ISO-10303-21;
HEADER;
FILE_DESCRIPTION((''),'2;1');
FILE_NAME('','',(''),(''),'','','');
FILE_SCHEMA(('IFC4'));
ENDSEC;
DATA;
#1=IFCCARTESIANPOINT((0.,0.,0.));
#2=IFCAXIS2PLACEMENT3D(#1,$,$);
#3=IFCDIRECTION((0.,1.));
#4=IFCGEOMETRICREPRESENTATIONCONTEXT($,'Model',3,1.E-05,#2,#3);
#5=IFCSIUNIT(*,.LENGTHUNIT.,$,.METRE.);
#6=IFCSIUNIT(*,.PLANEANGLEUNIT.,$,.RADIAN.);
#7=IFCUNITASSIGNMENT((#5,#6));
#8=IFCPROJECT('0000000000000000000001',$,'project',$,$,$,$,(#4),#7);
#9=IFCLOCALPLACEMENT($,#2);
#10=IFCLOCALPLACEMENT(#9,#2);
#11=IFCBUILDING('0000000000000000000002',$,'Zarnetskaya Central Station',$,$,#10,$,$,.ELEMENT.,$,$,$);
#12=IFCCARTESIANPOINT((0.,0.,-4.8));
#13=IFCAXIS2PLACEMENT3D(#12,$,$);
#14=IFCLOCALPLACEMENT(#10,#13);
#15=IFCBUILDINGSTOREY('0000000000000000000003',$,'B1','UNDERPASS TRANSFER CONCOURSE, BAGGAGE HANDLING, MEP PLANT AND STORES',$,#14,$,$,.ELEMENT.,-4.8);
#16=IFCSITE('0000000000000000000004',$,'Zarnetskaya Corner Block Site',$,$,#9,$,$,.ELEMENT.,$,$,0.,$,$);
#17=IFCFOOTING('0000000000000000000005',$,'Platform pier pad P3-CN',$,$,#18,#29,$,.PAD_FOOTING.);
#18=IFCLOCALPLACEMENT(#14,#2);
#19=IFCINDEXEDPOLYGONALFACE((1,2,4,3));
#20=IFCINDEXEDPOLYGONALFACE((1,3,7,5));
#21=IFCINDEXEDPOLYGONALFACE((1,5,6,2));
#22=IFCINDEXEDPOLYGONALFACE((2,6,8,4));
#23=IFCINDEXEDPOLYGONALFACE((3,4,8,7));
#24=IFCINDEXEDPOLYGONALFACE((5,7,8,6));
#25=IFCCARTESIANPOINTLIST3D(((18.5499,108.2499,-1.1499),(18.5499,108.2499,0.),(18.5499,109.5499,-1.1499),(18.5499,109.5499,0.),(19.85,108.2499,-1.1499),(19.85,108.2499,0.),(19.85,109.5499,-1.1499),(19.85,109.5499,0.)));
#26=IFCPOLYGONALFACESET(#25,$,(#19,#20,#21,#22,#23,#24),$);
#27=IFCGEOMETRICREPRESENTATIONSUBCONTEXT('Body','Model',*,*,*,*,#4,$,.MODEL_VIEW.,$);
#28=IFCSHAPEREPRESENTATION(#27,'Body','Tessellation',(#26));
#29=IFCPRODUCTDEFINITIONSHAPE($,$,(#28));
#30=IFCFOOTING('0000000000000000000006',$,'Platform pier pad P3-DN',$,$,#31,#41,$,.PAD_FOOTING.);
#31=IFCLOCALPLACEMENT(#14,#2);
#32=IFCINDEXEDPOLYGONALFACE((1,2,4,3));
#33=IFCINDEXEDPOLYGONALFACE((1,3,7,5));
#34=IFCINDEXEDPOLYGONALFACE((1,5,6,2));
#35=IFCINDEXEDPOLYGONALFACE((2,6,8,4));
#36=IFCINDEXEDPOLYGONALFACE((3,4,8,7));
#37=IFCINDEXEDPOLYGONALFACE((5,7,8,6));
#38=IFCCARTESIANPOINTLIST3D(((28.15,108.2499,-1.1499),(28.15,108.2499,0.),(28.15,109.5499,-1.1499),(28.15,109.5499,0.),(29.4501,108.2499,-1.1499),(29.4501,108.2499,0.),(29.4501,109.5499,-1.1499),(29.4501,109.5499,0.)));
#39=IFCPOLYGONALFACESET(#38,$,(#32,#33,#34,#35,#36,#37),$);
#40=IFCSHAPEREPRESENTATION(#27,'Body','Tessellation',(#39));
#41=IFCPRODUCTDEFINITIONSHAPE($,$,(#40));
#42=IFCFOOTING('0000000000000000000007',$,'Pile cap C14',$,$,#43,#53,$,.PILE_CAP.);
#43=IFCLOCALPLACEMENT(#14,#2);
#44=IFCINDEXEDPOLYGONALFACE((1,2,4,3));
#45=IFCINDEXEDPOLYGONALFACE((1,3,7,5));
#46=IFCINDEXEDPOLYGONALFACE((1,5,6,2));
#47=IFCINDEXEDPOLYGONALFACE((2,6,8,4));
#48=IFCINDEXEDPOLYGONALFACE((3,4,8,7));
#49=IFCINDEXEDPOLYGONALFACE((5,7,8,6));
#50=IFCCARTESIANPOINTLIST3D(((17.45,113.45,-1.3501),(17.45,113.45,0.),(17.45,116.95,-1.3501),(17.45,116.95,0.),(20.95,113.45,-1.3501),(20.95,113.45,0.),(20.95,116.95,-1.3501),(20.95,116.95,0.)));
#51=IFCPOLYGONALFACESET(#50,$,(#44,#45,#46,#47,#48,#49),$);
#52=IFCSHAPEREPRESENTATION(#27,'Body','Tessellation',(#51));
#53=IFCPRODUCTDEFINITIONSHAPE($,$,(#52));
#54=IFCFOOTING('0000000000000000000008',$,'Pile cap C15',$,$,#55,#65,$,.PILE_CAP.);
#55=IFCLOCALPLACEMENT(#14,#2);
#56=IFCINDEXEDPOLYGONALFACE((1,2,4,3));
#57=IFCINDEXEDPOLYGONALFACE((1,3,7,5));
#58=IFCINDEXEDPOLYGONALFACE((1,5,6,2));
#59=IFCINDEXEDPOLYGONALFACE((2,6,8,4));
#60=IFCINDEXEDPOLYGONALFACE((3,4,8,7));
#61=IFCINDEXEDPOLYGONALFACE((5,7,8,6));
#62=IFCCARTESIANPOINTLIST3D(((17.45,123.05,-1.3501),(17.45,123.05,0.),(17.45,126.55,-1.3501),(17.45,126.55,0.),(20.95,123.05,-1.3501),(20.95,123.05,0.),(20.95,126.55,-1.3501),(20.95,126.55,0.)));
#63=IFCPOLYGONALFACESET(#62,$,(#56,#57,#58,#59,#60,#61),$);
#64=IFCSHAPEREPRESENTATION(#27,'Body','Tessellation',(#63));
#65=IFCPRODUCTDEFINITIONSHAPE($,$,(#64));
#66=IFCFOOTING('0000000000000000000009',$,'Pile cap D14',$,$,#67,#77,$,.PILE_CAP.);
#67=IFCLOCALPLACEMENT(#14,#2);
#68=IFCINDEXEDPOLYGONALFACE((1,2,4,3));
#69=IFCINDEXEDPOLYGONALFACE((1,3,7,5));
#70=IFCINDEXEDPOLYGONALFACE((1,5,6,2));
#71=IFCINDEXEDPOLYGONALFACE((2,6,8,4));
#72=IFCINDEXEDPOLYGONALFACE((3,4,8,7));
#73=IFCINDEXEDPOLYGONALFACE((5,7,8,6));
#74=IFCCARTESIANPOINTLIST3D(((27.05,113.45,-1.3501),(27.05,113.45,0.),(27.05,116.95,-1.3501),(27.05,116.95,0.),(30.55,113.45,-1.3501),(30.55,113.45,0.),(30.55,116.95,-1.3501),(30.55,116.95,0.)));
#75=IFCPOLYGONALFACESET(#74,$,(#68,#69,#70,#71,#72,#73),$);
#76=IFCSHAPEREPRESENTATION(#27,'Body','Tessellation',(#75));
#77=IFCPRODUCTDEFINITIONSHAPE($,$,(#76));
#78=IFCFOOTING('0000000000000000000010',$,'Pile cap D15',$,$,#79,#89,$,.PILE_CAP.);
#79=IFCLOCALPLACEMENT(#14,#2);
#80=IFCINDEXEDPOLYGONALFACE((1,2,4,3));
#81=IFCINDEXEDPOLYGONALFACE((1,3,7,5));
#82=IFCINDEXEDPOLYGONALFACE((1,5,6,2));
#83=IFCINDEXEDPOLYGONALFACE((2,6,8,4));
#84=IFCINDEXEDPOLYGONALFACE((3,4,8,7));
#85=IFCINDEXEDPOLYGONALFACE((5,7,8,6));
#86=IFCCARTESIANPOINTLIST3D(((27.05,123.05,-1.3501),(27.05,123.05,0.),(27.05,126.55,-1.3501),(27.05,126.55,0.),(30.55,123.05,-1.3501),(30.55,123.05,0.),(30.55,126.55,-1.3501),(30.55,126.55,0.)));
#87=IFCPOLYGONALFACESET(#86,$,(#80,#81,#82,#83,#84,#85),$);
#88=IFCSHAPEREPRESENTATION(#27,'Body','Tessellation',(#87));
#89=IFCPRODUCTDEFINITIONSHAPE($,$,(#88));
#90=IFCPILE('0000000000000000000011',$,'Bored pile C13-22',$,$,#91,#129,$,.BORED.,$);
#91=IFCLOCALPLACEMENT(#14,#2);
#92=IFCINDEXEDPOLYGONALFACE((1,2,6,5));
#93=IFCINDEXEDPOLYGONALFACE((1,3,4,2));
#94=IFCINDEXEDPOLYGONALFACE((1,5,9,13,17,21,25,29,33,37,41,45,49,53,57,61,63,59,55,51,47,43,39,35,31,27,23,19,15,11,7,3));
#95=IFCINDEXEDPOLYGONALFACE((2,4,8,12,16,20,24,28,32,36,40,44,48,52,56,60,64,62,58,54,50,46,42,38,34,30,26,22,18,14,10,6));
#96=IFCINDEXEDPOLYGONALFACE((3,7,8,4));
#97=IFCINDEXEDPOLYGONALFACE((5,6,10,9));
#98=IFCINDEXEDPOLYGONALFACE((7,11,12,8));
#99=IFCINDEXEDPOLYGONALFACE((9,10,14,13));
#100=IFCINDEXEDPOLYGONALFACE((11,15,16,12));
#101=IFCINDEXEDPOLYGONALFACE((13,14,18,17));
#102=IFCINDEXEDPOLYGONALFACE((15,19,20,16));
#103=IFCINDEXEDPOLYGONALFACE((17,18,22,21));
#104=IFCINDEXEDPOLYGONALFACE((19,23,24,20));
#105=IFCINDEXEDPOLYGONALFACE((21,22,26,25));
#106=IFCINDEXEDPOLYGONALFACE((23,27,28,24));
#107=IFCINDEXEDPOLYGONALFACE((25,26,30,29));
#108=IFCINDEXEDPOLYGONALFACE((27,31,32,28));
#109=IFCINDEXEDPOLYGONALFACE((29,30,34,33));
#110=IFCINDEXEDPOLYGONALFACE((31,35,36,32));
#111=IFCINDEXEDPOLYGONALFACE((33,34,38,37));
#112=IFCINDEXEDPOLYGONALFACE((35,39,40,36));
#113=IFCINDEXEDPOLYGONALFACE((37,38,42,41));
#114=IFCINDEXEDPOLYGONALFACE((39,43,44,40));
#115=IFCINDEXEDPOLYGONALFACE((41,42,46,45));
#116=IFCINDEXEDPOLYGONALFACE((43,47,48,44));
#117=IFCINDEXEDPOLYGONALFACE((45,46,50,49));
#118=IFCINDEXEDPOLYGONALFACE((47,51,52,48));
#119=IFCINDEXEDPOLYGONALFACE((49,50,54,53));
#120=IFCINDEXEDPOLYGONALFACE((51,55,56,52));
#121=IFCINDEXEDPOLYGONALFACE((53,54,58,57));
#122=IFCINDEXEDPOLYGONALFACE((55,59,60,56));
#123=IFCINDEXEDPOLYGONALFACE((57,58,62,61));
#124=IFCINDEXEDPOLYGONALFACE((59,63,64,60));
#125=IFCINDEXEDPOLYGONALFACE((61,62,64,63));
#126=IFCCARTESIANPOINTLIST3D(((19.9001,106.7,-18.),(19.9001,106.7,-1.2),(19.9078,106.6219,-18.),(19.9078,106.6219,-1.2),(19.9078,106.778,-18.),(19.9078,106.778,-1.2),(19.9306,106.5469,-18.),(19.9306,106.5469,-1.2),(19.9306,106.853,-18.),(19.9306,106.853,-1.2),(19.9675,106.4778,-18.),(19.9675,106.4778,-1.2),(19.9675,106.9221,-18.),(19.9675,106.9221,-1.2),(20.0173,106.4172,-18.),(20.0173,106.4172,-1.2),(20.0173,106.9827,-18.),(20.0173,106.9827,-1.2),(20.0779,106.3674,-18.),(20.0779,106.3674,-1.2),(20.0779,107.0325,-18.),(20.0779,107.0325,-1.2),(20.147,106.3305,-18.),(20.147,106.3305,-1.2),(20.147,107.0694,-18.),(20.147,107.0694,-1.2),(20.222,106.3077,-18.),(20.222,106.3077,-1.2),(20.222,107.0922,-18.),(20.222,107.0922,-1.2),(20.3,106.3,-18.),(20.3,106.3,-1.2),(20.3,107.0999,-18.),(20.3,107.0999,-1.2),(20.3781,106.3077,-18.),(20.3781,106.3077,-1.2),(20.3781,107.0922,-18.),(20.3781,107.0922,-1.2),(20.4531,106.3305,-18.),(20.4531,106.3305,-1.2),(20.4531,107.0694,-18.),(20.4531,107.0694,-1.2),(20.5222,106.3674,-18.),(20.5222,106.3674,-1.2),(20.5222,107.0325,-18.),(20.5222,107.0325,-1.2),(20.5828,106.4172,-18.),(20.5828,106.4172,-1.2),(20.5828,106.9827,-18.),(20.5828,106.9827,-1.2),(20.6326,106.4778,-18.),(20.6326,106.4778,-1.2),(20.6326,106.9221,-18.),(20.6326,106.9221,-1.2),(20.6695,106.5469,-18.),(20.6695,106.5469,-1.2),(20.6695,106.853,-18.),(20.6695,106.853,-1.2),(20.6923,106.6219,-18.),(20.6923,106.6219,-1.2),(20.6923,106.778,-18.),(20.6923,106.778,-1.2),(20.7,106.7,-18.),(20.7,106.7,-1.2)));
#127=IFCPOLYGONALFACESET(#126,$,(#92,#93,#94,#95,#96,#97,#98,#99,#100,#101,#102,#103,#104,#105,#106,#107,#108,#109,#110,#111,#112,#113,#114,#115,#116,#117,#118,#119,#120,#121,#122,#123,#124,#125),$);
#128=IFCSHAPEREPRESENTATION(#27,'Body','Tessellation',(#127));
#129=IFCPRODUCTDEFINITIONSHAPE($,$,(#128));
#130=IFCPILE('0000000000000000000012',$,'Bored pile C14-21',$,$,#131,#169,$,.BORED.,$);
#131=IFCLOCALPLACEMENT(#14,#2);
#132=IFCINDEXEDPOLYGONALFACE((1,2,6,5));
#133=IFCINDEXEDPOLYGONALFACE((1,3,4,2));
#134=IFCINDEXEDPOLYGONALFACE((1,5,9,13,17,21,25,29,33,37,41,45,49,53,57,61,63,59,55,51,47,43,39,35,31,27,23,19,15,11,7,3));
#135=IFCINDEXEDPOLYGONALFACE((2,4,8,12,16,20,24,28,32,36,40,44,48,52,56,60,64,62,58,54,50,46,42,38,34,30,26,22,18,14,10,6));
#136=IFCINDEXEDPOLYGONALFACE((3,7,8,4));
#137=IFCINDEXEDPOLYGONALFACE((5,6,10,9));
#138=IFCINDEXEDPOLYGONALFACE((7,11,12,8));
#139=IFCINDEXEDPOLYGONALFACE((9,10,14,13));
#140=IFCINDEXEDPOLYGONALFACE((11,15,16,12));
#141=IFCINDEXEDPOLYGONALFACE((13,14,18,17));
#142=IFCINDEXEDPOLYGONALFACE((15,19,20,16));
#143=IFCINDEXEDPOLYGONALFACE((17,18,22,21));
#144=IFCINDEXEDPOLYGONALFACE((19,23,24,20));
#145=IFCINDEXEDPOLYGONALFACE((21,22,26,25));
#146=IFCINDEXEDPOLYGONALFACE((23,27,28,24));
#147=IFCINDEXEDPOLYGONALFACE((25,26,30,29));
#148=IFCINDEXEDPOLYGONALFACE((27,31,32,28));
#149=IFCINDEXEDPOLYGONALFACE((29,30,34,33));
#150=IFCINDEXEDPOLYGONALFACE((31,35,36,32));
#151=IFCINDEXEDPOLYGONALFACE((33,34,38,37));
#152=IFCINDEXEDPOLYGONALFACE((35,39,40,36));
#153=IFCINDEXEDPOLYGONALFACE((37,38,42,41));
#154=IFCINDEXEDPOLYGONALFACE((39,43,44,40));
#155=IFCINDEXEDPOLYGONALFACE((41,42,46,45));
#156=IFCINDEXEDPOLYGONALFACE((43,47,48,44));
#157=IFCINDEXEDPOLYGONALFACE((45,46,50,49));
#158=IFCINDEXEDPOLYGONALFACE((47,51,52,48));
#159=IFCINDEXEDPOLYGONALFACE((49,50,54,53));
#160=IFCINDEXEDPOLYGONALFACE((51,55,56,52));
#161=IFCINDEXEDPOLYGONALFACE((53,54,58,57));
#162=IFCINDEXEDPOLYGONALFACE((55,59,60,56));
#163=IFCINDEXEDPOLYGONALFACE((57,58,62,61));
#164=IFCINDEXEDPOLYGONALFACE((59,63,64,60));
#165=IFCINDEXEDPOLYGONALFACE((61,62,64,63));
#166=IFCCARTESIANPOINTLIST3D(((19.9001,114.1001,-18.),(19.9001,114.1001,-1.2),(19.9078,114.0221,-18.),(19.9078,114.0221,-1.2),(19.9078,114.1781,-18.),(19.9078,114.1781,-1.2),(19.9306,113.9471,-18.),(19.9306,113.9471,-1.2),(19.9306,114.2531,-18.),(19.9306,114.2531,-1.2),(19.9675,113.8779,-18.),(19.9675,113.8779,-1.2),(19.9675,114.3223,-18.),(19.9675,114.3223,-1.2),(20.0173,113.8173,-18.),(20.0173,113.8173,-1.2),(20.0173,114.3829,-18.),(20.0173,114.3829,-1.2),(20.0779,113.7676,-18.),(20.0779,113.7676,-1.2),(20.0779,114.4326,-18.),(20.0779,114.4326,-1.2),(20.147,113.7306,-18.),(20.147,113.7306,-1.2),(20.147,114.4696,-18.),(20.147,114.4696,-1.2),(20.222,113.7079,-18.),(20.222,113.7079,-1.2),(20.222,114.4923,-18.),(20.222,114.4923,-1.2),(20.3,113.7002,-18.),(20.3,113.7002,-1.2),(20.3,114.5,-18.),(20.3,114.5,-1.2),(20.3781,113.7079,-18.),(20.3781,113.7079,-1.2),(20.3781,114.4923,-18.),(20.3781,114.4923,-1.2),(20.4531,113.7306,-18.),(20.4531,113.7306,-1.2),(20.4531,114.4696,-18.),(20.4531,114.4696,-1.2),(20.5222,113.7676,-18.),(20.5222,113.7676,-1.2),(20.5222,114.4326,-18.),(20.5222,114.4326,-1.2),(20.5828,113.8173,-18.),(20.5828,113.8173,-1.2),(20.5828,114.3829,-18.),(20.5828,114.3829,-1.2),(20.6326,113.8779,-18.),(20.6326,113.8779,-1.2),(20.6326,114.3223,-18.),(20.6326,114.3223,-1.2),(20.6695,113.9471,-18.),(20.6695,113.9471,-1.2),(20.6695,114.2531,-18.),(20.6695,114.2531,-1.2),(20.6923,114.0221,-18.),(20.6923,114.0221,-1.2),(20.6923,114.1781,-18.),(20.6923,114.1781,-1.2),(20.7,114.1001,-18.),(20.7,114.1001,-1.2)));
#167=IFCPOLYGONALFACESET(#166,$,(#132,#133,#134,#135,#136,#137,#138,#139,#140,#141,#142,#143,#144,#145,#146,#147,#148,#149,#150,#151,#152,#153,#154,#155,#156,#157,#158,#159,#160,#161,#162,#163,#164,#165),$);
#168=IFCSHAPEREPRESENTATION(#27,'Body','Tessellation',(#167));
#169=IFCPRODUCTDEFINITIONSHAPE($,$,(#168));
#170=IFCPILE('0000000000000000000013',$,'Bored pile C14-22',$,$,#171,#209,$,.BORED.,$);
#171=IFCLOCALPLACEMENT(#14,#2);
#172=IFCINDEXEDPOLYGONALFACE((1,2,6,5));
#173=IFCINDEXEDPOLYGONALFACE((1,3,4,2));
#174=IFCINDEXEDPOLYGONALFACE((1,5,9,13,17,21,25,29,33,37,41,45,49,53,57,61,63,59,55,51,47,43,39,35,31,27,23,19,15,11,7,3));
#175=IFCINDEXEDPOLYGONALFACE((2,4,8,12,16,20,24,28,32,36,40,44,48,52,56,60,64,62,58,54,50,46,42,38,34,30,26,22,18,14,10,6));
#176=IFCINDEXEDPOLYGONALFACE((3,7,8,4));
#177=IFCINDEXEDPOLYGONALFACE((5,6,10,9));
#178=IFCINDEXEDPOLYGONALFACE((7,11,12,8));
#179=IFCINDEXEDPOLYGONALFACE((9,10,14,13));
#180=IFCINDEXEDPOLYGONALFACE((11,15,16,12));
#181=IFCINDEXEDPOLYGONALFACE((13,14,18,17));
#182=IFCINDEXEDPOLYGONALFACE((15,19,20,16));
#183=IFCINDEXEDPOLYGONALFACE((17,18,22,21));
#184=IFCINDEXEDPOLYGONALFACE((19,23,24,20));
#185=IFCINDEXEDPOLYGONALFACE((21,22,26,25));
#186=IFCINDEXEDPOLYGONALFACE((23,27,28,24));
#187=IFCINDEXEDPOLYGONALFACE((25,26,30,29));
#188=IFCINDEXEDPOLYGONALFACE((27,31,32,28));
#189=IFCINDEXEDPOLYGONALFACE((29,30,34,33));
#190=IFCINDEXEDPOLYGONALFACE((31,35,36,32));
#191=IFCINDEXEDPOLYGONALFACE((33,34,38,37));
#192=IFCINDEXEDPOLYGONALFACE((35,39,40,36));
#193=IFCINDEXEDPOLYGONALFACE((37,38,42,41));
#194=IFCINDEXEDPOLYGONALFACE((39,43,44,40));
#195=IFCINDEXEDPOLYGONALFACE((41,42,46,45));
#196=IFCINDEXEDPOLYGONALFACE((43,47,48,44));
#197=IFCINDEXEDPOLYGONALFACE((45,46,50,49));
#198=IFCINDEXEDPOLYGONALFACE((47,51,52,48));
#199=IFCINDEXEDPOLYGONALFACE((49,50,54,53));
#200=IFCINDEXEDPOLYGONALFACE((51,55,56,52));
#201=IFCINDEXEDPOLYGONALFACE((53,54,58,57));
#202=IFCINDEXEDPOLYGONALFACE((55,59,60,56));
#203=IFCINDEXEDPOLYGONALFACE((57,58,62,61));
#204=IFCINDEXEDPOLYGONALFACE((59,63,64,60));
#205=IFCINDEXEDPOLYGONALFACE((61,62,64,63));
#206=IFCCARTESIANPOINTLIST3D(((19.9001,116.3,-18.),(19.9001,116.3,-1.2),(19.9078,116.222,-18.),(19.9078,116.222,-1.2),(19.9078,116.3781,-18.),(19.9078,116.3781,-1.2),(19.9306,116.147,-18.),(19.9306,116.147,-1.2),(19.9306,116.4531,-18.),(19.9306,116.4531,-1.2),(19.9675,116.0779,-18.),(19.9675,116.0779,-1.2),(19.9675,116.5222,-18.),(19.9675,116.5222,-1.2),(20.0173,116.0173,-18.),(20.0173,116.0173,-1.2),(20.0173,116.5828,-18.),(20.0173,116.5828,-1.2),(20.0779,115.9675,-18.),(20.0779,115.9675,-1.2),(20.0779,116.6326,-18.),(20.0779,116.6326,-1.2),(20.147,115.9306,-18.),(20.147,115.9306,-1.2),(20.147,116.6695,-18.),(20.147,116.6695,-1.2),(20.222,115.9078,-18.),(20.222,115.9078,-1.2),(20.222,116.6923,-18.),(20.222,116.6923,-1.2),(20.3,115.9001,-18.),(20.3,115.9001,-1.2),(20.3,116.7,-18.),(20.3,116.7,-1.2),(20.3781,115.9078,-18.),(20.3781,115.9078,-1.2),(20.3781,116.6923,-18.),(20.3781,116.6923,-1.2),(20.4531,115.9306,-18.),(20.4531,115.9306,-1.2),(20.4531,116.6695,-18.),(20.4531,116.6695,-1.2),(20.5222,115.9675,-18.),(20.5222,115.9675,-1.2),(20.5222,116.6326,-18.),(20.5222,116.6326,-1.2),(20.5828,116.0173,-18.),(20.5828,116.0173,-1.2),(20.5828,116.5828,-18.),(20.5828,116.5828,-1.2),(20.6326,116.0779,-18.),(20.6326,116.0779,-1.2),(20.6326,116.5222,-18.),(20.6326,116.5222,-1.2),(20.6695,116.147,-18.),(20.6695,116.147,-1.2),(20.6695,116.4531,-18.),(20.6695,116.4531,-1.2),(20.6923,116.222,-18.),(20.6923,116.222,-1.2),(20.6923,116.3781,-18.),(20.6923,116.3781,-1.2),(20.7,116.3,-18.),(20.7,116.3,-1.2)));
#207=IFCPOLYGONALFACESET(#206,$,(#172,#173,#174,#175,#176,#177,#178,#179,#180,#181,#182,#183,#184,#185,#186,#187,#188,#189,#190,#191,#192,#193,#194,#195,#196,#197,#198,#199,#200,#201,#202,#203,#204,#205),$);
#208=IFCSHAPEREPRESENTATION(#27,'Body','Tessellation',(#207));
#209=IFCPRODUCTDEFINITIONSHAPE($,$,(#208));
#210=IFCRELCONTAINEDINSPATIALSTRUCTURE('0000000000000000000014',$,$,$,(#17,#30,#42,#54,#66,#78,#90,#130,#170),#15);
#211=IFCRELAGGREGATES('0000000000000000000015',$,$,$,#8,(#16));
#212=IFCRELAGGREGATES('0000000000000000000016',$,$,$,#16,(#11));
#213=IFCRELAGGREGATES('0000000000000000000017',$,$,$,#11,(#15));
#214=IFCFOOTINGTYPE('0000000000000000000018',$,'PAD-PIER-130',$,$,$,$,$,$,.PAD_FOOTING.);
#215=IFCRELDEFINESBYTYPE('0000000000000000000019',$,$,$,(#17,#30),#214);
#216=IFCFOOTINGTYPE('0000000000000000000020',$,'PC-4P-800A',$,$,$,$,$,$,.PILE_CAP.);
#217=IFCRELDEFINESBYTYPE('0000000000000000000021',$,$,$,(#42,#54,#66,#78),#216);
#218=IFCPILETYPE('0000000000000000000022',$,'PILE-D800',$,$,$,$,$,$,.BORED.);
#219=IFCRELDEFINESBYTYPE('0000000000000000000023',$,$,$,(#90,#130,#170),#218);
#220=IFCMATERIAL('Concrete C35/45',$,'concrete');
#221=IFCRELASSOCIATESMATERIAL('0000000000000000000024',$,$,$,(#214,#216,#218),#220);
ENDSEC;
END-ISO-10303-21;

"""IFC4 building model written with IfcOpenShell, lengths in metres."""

from ifc_helpers import new_model, si_unit, direction, frame, origin, origin_2d, place, context, subcontext, project, spatial, rectangle, circle, extrude, material, material_profile, profile_set, type_object, element, save


model = new_model("IFC4")

# Units and contexts
model_context = context("Model", 3, precision=1e-05, world=origin(), true_north=direction((0.0, 1.0)))
body_context = subcontext(model_context, "Body", "Model", "MODEL_VIEW")
ifc_project = project(units=[si_unit("LENGTHUNIT", "METRE"), si_unit("PLANEANGLEUNIT", "RADIAN")], contexts=[model_context])

# Site, building, storey
site_placement = place(None, origin())
site = spatial("IfcSite", under=ifc_project, at=site_placement, Name="Zarnetskaya Corner Block Site", CompositionType="ELEMENT", RefElevation=0.0)
building_placement = place(site_placement, origin())
building = spatial("IfcBuilding", under=site, at=building_placement, Name="Zarnetskaya Central Station", CompositionType="ELEMENT")
storey_placement = place(building_placement, frame((0.0, 0.0, -4.8)))
storey = spatial("IfcBuildingStorey", under=building, at=storey_placement, Name="B1", Description="UNDERPASS TRANSFER CONCOURSE, BAGGAGE HANDLING, MEP PLANT AND STORES", CompositionType="ELEMENT", Elevation=-4.8)

# Footings
ifc_material = material(Name="Concrete C35/45", Category="concrete")
footing_type_1 = type_object("IfcFootingType", Name="PAD-PIER-130", PredefinedType="PAD_FOOTING", material=ifc_material)
for number, where, z_axis, x_axis, name in (
    (1, (19.2, 108.8999, -1.1499), (0.0, 0.0, 1.0), (1.0, 0.0, 0.0), "Platform pier pad P3-CN"),
    (2, (28.8, 108.8999, -1.1499), (0.0, 0.0, 1.0), (1.0, 0.0, 0.0), "Platform pier pad P3-DN"),
):
    element("IfcFooting", number, at=place(storey_placement, frame(where, z_axis=z_axis, x_axis=x_axis)), inside=storey, type_object=footing_type_1, Name=name, PredefinedType="PAD_FOOTING", context=body_context, shape_type="SweptSolid", body=[
        extrude(rectangle(XDim=1.3, YDim=1.3, at=origin_2d()), origin(), (0.0, 0.0, 1.0), 1.1499),
    ])
footing_type_2 = type_object("IfcFootingType", Name="PC-4P-800A", PredefinedType="PILE_CAP", material=ifc_material)
for number, where, z_axis, x_axis, name in (
    (3, (19.2, 115.2, -1.3501), (0.0, 0.0, 1.0), (1.0, 0.0, 0.0), "Pile cap C14"),
    (4, (19.2, 124.8, -1.3501), (0.0, 0.0, 1.0), (1.0, 0.0, 0.0), "Pile cap C15"),
    (5, (28.8, 115.2, -1.3501), (0.0, 0.0, 1.0), (1.0, 0.0, 0.0), "Pile cap D14"),
    (6, (28.8, 124.8, -1.3501), (0.0, 0.0, 1.0), (1.0, 0.0, 0.0), "Pile cap D15"),
):
    element("IfcFooting", number, at=place(storey_placement, frame(where, z_axis=z_axis, x_axis=x_axis)), inside=storey, type_object=footing_type_2, Name=name, PredefinedType="PILE_CAP", context=body_context, shape_type="SweptSolid", body=[
        extrude(rectangle(XDim=3.5, YDim=3.5, at=origin_2d()), origin(), (0.0, 0.0, 1.0), 1.3501),
    ])

# Piles
ifc_material_profile_1 = material_profile(ifc_material, circle(Radius=0.3999, at=origin_2d()), Name="BORED PILE D800")
ifc_profile_set_1 = profile_set([ifc_material_profile_1], Name="Concrete C35/45")
pile_type = type_object("IfcPileType", Name="PILE-D800", PredefinedType="BORED", material=ifc_profile_set_1)
for number, where, z_axis, x_axis, name in (
    (7, (20.3, 106.7, -1.2), (0.0, 0.0, -1.0), (1.0, 0.0, 0.0), "Bored pile C13-22"),
    (8, (20.3, 114.1001, -1.2), (0.0, 0.0, -1.0), (1.0, 0.0, 0.0), "Bored pile C14-21"),
    (9, (20.3, 116.3, -1.2), (0.0, 0.0, -1.0), (1.0, 0.0, 0.0), "Bored pile C14-22"),
):
    element("IfcPile", number, at=place(storey_placement, frame(where, z_axis=z_axis, x_axis=x_axis)), inside=storey, type_object=pile_type, Name=name, PredefinedType="BORED", context=body_context, shape_type="SweptSolid", body=[
        extrude(circle(Radius=0.3999, at=origin_2d()), origin(), (0.0, 0.0, 1.0), 16.8),
    ])

save(model, "model.ifc")
